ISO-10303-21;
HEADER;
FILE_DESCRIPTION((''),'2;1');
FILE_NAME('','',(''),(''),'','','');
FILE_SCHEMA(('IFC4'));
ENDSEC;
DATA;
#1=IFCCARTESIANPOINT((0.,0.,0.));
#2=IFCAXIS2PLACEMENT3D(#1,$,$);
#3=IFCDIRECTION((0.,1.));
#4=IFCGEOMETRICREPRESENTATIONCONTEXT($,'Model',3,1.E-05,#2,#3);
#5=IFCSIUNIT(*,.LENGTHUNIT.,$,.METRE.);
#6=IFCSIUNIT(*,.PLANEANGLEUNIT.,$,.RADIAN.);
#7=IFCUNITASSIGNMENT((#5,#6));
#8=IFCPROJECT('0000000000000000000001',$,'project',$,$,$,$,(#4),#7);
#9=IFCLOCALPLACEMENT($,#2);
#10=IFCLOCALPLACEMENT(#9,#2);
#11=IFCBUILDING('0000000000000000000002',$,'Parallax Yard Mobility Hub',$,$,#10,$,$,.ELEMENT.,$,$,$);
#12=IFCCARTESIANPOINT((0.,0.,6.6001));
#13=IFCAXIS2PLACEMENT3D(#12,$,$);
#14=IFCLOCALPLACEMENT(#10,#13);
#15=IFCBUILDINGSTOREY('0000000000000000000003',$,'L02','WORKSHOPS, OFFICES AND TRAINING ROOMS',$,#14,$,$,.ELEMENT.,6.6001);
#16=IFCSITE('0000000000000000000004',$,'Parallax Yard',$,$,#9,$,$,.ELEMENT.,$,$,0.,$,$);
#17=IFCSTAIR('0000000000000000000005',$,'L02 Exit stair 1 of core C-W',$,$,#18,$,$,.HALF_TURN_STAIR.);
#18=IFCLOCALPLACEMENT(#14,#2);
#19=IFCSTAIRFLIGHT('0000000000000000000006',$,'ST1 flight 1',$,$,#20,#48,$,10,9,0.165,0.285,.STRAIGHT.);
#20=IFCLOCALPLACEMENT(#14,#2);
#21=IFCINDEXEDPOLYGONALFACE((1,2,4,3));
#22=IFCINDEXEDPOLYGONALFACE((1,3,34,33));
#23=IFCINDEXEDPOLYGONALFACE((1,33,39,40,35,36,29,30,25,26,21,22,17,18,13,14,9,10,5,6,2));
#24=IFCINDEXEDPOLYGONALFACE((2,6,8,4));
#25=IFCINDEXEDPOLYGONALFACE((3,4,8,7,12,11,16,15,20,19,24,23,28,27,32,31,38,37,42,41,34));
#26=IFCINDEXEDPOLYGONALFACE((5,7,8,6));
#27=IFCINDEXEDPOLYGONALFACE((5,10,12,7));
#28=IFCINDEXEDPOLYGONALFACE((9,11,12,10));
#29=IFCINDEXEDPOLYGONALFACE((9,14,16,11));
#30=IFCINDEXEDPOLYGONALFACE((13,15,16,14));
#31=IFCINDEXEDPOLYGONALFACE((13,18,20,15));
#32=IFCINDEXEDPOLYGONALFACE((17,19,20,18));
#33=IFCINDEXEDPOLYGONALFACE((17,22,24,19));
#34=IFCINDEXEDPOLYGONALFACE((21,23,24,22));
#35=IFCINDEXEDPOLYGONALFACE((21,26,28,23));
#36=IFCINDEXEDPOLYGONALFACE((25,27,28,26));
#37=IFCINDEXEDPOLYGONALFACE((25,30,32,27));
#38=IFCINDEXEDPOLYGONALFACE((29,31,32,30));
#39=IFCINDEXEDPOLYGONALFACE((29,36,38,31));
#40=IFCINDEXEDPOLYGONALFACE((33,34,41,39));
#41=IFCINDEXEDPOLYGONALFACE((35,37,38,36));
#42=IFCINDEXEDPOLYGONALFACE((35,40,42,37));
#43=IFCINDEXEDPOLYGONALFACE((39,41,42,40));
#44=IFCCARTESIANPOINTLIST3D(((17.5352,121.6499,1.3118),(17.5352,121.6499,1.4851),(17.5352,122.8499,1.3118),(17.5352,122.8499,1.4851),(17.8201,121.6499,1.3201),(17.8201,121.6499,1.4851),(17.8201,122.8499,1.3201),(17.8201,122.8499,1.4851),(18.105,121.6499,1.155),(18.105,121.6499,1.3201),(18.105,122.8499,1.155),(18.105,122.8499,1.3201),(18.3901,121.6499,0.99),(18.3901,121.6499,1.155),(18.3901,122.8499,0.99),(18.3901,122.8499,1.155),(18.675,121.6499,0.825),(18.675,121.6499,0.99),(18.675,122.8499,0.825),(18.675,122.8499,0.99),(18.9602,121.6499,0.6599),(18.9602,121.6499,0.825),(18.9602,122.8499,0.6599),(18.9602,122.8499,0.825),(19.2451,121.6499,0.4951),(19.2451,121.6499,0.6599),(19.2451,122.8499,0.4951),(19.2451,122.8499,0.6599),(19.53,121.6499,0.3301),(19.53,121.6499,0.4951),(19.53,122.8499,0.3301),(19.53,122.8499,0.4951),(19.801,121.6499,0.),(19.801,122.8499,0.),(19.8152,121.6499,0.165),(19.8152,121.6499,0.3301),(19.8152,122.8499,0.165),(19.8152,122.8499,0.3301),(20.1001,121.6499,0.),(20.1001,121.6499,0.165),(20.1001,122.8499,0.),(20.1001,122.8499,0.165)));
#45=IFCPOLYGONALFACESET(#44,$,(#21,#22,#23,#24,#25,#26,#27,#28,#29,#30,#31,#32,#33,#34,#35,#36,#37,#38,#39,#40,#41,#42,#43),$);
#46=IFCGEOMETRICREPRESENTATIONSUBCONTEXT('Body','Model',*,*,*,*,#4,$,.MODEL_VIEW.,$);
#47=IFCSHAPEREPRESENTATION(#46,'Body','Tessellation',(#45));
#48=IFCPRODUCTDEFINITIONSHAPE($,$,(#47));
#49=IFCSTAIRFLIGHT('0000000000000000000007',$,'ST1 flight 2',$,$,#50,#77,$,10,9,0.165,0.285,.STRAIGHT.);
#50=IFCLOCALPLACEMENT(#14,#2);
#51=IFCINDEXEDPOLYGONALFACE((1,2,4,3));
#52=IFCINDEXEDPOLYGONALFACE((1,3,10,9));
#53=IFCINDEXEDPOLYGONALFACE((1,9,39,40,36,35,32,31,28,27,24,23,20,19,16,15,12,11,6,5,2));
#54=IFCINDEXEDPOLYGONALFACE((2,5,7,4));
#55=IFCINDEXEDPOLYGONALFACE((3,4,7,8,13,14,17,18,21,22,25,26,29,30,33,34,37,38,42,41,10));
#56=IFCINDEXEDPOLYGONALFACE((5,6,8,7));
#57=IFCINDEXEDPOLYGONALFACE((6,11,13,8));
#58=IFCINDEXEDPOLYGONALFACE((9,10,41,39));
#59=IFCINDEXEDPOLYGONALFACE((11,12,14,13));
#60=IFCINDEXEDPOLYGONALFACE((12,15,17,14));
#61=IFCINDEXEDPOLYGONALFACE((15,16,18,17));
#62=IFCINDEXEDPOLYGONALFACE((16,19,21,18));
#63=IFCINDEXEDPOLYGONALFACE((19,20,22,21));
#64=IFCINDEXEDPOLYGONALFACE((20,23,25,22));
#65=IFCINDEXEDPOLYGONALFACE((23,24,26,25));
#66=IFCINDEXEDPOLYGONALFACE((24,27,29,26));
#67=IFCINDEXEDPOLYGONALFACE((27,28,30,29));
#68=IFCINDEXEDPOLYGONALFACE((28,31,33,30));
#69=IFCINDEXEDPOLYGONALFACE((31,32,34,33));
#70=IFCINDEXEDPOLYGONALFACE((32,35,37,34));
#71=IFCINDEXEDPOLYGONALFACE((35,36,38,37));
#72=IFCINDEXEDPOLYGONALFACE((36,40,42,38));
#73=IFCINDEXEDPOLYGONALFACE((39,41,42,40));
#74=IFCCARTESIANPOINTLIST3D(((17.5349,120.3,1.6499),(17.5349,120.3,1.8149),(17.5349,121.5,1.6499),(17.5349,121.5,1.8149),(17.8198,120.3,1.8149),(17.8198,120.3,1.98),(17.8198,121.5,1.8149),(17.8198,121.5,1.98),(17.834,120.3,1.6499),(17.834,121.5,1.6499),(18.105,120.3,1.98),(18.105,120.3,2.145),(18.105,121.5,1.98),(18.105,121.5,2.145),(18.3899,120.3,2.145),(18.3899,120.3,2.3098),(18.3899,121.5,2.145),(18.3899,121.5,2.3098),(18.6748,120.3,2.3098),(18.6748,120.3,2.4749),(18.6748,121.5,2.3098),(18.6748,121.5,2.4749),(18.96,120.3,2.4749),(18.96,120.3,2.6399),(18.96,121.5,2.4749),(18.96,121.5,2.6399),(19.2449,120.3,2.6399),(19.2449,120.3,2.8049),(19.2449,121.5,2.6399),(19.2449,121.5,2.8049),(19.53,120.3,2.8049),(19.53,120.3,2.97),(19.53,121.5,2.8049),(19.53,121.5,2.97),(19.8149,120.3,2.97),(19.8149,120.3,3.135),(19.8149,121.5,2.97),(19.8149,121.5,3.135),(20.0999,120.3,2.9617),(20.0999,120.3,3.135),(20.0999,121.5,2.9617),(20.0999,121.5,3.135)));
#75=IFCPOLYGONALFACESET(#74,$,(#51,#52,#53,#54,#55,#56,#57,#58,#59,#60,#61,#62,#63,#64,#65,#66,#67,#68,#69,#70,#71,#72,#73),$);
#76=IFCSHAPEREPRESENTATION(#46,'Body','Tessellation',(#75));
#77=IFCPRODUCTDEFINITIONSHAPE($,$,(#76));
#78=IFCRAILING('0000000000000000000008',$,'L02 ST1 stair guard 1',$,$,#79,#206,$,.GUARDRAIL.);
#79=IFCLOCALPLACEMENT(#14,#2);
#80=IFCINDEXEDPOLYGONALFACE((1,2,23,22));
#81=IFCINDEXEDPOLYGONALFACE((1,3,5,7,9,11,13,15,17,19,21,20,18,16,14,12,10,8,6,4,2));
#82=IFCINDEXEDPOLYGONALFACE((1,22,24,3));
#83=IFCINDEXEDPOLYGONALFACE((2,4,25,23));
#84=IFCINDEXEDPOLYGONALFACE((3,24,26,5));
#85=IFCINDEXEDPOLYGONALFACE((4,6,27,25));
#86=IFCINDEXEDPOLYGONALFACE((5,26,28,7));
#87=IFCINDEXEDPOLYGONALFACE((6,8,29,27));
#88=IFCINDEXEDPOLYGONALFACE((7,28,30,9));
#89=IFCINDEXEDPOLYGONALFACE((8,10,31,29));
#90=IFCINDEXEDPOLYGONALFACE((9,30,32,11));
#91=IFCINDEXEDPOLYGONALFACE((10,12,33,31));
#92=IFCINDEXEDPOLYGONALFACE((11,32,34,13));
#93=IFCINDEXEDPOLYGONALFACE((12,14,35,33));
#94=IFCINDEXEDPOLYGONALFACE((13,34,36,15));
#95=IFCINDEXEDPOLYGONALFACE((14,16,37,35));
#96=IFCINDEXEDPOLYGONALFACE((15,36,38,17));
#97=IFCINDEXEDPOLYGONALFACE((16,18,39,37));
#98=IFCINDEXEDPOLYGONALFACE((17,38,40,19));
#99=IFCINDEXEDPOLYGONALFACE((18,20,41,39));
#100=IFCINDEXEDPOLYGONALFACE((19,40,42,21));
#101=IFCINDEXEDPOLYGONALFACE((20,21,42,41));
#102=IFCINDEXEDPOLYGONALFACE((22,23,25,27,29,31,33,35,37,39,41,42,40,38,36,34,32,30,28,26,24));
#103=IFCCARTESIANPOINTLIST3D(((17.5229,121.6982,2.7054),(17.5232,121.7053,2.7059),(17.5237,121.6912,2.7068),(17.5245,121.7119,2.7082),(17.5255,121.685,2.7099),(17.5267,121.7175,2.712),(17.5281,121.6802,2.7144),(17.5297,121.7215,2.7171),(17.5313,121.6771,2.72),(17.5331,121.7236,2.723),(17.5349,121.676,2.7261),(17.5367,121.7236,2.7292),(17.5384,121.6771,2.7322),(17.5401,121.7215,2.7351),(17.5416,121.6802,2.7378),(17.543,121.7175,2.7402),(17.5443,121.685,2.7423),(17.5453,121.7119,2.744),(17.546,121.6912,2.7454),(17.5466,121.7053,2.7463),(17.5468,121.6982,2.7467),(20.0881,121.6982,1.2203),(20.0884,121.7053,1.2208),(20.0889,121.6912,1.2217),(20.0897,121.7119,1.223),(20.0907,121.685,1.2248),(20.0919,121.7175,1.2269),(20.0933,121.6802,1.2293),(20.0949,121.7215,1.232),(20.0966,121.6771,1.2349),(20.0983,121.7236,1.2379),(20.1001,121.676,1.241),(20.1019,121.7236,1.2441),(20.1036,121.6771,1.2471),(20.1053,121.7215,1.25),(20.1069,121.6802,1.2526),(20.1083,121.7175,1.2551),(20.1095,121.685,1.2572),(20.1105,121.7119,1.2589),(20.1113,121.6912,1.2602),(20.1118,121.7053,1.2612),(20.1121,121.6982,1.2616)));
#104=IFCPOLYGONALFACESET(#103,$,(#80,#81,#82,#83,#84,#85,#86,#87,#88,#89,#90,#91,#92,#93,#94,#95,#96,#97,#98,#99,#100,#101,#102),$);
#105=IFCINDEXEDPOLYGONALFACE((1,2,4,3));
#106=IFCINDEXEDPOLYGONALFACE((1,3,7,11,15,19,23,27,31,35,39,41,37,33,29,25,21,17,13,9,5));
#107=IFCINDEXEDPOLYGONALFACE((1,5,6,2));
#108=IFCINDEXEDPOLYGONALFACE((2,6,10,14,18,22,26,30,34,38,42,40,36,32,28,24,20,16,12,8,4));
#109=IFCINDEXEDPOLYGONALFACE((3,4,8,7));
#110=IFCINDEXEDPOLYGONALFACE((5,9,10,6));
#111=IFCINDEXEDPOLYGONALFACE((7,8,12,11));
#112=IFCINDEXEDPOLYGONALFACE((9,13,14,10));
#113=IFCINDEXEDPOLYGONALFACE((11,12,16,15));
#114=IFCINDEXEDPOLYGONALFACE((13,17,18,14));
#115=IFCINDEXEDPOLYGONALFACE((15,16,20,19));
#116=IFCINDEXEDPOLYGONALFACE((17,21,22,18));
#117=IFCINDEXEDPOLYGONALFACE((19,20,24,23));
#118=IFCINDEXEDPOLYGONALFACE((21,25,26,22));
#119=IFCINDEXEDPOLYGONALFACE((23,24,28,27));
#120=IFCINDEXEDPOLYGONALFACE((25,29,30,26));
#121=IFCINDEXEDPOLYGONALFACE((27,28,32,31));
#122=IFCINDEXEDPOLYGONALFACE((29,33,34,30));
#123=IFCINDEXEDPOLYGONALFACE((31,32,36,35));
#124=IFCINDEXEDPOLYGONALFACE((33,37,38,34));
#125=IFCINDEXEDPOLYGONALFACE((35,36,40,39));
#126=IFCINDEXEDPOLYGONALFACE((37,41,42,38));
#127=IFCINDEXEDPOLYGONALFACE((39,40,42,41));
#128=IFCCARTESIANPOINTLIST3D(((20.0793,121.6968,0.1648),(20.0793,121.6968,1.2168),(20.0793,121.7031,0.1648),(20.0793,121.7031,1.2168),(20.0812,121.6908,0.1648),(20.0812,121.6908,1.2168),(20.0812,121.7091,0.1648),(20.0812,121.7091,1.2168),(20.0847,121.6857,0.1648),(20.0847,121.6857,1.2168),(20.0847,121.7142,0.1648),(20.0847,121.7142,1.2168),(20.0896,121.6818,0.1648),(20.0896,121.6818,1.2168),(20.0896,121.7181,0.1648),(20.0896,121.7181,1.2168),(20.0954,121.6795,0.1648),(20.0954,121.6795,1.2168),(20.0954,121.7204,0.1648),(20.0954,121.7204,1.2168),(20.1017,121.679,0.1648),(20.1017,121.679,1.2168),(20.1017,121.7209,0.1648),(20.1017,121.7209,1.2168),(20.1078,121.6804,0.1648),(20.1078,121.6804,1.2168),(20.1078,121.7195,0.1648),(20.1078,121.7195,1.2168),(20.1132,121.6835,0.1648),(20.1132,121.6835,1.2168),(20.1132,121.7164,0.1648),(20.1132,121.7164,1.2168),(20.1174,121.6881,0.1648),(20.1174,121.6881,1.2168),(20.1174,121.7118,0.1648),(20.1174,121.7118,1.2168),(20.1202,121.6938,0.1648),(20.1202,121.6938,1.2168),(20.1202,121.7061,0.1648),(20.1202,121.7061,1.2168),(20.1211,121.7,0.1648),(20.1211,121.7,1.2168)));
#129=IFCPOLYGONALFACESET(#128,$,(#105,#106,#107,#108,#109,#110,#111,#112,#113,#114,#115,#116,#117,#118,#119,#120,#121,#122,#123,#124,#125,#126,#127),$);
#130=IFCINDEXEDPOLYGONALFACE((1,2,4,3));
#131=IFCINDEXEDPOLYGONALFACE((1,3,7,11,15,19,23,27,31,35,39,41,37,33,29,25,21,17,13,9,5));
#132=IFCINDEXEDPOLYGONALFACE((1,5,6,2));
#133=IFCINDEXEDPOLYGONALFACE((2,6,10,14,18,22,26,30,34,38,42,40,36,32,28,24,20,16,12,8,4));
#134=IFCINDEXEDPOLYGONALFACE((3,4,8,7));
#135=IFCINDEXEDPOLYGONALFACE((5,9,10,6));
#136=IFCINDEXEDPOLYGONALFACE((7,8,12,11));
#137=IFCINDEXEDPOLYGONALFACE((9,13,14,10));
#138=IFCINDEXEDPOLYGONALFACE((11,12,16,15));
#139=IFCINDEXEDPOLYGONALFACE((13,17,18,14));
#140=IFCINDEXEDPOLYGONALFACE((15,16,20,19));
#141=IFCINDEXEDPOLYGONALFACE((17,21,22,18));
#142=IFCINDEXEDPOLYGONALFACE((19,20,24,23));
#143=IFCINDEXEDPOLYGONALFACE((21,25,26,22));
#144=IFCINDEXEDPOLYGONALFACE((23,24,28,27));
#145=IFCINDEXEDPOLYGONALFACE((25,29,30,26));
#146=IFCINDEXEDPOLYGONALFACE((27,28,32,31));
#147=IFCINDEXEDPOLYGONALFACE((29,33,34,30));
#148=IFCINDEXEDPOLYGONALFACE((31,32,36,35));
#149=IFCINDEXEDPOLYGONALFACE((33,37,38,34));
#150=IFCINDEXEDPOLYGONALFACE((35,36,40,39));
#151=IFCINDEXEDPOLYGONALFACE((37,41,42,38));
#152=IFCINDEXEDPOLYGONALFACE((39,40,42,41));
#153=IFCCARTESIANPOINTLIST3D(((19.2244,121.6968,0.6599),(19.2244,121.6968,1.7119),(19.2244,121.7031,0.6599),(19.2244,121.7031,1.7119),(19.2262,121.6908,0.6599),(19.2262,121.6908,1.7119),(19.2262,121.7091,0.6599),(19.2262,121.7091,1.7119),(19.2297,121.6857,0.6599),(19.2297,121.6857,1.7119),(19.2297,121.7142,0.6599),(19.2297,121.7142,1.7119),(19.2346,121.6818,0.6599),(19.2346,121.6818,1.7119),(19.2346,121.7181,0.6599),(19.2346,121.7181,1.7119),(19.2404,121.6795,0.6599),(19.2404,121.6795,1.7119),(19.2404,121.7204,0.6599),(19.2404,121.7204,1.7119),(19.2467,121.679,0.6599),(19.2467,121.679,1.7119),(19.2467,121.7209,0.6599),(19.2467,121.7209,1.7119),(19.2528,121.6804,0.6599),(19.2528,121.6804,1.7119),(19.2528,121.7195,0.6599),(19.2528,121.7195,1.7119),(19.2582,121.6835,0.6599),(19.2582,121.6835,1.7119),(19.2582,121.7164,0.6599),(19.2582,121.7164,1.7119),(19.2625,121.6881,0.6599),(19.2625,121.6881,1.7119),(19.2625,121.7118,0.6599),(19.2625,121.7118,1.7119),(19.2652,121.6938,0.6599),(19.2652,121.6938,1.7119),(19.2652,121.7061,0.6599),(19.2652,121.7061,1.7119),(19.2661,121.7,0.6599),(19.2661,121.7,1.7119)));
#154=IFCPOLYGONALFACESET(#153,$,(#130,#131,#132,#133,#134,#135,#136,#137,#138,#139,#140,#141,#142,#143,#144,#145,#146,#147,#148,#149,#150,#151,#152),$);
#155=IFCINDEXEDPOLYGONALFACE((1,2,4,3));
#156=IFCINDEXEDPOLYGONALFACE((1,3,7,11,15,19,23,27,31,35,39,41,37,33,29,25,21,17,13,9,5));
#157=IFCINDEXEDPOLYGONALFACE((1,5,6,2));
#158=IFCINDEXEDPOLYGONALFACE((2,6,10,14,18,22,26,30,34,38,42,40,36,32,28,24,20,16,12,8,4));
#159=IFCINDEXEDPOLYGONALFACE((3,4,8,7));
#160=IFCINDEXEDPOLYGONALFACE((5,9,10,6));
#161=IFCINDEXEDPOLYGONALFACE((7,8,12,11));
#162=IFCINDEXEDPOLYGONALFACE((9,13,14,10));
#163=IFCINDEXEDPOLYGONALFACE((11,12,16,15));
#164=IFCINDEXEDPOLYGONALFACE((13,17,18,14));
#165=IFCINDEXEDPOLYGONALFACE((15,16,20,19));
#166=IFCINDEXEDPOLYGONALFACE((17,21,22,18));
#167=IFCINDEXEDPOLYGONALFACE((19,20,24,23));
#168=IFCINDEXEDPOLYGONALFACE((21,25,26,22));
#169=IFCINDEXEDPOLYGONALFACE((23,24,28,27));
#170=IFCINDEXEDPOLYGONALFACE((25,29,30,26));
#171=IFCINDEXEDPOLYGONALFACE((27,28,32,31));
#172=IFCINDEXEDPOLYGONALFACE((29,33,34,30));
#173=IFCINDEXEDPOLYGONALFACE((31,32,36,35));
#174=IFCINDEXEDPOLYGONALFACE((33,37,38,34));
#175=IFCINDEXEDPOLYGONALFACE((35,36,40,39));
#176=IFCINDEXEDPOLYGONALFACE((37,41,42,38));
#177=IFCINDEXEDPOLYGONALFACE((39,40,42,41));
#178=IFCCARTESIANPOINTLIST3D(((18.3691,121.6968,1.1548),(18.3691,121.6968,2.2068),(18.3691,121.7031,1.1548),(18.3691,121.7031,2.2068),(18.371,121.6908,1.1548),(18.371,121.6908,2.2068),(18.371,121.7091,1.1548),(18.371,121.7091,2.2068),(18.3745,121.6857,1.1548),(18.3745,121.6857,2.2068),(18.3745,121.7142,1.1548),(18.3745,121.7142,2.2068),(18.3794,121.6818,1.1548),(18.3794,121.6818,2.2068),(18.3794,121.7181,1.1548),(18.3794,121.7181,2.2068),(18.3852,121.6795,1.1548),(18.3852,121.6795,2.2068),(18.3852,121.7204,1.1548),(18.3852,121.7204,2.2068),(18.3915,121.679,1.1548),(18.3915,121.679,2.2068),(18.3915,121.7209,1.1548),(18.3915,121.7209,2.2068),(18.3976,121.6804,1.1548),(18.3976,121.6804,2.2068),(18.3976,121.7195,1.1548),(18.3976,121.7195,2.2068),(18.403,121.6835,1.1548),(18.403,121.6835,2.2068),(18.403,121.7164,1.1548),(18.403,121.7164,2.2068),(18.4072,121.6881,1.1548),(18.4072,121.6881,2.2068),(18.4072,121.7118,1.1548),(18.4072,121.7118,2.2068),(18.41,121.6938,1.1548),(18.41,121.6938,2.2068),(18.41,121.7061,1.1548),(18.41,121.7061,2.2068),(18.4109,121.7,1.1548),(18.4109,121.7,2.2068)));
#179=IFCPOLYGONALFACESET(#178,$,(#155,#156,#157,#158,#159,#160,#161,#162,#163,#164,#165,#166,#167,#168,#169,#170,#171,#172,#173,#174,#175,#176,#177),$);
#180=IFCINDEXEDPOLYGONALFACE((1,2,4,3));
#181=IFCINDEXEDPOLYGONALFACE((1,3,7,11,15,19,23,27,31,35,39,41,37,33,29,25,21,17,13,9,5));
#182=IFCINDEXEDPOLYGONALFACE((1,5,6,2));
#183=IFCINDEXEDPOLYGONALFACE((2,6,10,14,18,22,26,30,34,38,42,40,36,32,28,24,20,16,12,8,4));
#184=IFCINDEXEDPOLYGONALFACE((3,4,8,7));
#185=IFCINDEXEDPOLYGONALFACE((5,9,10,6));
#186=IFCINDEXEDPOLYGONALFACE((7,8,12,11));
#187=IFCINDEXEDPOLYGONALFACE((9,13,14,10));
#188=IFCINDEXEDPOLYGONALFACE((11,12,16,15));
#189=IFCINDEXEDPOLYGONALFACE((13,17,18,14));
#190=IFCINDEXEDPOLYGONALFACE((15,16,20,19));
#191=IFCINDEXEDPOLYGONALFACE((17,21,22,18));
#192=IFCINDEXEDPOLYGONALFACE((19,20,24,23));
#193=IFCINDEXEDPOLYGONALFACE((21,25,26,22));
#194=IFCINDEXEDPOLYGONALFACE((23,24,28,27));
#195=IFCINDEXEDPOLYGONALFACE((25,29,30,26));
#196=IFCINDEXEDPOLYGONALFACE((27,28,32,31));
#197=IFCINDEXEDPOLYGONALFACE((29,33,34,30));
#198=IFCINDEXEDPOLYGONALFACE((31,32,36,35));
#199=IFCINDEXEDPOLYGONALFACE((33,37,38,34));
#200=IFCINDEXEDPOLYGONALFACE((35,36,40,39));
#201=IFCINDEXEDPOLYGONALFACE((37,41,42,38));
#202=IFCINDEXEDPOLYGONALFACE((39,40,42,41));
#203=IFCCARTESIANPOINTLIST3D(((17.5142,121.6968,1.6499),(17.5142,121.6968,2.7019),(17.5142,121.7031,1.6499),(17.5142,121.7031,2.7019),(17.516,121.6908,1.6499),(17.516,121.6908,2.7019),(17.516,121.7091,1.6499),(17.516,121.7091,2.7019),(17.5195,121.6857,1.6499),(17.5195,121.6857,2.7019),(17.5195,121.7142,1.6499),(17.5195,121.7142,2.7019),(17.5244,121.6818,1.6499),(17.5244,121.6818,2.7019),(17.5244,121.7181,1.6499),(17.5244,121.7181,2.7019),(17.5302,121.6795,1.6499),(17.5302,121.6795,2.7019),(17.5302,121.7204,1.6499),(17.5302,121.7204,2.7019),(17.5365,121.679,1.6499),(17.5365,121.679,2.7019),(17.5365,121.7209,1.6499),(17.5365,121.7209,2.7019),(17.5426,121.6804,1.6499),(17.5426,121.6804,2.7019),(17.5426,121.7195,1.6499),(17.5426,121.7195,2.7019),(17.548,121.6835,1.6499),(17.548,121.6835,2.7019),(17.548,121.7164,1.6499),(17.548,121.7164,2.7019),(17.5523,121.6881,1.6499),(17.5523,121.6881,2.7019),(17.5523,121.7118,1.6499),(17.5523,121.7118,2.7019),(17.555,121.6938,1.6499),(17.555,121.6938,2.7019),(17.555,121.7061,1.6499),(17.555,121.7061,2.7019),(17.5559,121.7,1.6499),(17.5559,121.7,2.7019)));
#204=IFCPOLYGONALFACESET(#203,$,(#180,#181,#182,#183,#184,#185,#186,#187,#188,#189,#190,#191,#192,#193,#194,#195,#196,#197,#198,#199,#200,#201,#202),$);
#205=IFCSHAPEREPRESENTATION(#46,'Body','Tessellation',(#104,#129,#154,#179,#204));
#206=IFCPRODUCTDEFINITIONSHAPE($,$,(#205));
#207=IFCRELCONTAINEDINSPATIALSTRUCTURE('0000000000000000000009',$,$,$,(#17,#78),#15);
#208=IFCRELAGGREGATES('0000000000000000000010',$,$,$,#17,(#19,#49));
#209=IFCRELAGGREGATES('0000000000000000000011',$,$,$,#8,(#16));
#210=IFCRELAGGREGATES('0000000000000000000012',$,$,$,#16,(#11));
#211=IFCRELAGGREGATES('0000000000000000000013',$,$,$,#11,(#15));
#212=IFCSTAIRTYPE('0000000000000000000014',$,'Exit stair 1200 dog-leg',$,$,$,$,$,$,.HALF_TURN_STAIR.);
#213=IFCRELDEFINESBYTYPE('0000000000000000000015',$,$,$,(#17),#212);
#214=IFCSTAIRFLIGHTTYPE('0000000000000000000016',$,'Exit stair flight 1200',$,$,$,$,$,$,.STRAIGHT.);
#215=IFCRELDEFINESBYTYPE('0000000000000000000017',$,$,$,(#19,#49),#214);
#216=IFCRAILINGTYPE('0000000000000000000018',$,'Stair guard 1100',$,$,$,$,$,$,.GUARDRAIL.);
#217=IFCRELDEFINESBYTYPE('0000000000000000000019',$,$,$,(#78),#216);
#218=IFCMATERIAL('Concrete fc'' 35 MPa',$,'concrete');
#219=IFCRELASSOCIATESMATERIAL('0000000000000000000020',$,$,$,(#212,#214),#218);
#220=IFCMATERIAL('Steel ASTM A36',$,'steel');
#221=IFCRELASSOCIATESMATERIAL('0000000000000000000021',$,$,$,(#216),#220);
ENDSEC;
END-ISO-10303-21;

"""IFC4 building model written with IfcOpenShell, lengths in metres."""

from ifc_helpers import new_model, si_unit, direction, frame, origin, origin_2d, place, context, subcontext, project, spatial, polyline, circle, outline, extrude, material, type_object, element, aggregate, save


model = new_model("IFC4")

# Units and contexts
model_context = context("Model", 3, precision=1e-05, world=origin(), true_north=direction((0.0, 1.0)))
body_context = subcontext(model_context, "Body", "Model", "MODEL_VIEW")
ifc_project = project(units=[si_unit("LENGTHUNIT", "METRE"), si_unit("PLANEANGLEUNIT", "RADIAN")], contexts=[model_context])

# Site, building, storey
site_placement = place(None, origin())
site = spatial("IfcSite", under=ifc_project, at=site_placement, Name="Parallax Yard", CompositionType="ELEMENT", RefElevation=0.0)
building_placement = place(site_placement, origin())
building = spatial("IfcBuilding", under=site, at=building_placement, Name="Parallax Yard Mobility Hub", CompositionType="ELEMENT")
storey_placement = place(building_placement, frame((0.0, 0.0, 6.6001)))
storey = spatial("IfcBuildingStorey", under=building, at=storey_placement, Name="L02", Description="WORKSHOPS, OFFICES AND TRAINING ROOMS", CompositionType="ELEMENT", Elevation=6.6001)

# Shared definitions
ifc_material_1 = material(Name="Concrete fc' 35 MPa", Category="concrete")

# Stair, stair flights
stair_type = type_object("IfcStairType", Name="Exit stair 1200 dog-leg", PredefinedType="HALF_TURN_STAIR", material=ifc_material_1)
stair_placement = place(storey_placement, origin())
stair = element("IfcStair", 1, at=stair_placement, inside=storey, type_object=stair_type, Name="L02 Exit stair 1 of core C-W", PredefinedType="HALF_TURN_STAIR")
stair_flight_type = type_object("IfcStairFlightType", Name="Exit stair flight 1200", PredefinedType="STRAIGHT", material=ifc_material_1)
stair_flight_1_placement = place(storey_placement, frame((20.1001, 122.25, 0.0), z_axis=(0.0, 0.0, 1.0), x_axis=(-1.0, 0.0, 0.0)))
stair_flight_1 = element("IfcStairFlight", 2, at=stair_flight_1_placement, type_object=stair_flight_type, Name="ST1 flight 1", NumberOfRisers=10, NumberOfTreads=9, PredefinedType="STRAIGHT", RiserHeight=0.165, TreadLength=0.285, context=body_context, shape_type="SweptSolid", body=[
    extrude(outline(polyline([(0.0, 0.0), (0.0, 0.165), (0.2849, 0.165), (0.2849, 0.3301), (0.5701, 0.3301), (0.5701, 0.4951), (0.855, 0.4951), (0.855, 0.6599), (1.1399, 0.6599), (1.1399, 0.825), (1.425, 0.825), (1.425, 0.99), (1.71, 0.99), (1.71, 1.155), (1.9951, 1.155), (1.9951, 1.3201), (2.28, 1.3201), (2.28, 1.4851), (2.5649, 1.4851), (2.5649, 1.6499), (2.5649, 1.3118), (0.2991, 0.0), (0.0, 0.0)])), frame((0.0, 0.6001, 0.0), z_axis=(0.0, -1.0, 0.0), x_axis=(1.0, 0.0, 0.0)), (0.0, 0.0, 1.0), 1.2),
])
stair_flight_2_placement = place(storey_placement, frame((17.5349, 120.8999, 1.6499), z_axis=(0.0, 0.0, 1.0), x_axis=(1.0, 0.0, 0.0)))
stair_flight_2 = element("IfcStairFlight", 3, at=stair_flight_2_placement, type_object=stair_flight_type, Name="ST1 flight 2", NumberOfRisers=10, NumberOfTreads=9, PredefinedType="STRAIGHT", RiserHeight=0.165, TreadLength=0.285, context=body_context, shape_type="SweptSolid", body=[
    extrude(outline(polyline([(0.0, 0.0), (0.0, 0.165), (0.2849, 0.165), (0.2849, 0.3301), (0.5701, 0.3301), (0.5701, 0.4951), (0.855, 0.4951), (0.855, 0.6599), (1.1399, 0.6599), (1.1399, 0.825), (1.425, 0.825), (1.425, 0.99), (1.71, 0.99), (1.71, 1.155), (1.9951, 1.155), (1.9951, 1.3201), (2.28, 1.3201), (2.28, 1.4851), (2.5649, 1.4851), (2.5649, 1.6499), (2.5649, 1.3118), (0.2991, 0.0), (0.0, 0.0)])), frame((0.0, 0.6001, 0.0), z_axis=(0.0, -1.0, 0.0), x_axis=(1.0, 0.0, 0.0)), (0.0, 0.0, 1.0), 1.2),
])
aggregate(stair, [stair_flight_1, stair_flight_2])

# Railing
ifc_material_2 = material(Name="Steel ASTM A36", Category="steel")
railing_type_1 = type_object("IfcRailingType", Name="Stair guard 1100", PredefinedType="GUARDRAIL", material=ifc_material_2)
railing_1_placement = place(storey_placement, frame((20.1001, 121.7, 0.1648)))
element("IfcRailing", 4, at=railing_1_placement, inside=storey, type_object=railing_type_1, Name="L02 ST1 stair guard 1", PredefinedType="GUARDRAIL", context=body_context, shape_type="SweptSolid", body=[
    extrude(circle(Radius=0.0239, at=origin_2d()), frame((0.0, 0.0, 1.0762), z_axis=(-0.865426, 0.0, 0.501036), x_axis=(0.0, -1.0, 0.0)), (0.0, 0.0, 1.0), 2.9641),
    extrude(circle(Radius=0.021, at=origin_2d()), origin(), (0.0, 0.0, 1.0), 1.052),
    extrude(circle(Radius=0.021, at=origin_2d()), frame((-0.855, 0.0, 0.4951)), (0.0, 0.0, 1.0), 1.052),
    extrude(circle(Radius=0.021, at=origin_2d()), frame((-1.7102, 0.0, 0.99)), (0.0, 0.0, 1.0), 1.052),
    extrude(circle(Radius=0.021, at=origin_2d()), frame((-2.5652, 0.0, 1.4851)), (0.0, 0.0, 1.0), 1.052),
])

save(model, "model.ifc")
